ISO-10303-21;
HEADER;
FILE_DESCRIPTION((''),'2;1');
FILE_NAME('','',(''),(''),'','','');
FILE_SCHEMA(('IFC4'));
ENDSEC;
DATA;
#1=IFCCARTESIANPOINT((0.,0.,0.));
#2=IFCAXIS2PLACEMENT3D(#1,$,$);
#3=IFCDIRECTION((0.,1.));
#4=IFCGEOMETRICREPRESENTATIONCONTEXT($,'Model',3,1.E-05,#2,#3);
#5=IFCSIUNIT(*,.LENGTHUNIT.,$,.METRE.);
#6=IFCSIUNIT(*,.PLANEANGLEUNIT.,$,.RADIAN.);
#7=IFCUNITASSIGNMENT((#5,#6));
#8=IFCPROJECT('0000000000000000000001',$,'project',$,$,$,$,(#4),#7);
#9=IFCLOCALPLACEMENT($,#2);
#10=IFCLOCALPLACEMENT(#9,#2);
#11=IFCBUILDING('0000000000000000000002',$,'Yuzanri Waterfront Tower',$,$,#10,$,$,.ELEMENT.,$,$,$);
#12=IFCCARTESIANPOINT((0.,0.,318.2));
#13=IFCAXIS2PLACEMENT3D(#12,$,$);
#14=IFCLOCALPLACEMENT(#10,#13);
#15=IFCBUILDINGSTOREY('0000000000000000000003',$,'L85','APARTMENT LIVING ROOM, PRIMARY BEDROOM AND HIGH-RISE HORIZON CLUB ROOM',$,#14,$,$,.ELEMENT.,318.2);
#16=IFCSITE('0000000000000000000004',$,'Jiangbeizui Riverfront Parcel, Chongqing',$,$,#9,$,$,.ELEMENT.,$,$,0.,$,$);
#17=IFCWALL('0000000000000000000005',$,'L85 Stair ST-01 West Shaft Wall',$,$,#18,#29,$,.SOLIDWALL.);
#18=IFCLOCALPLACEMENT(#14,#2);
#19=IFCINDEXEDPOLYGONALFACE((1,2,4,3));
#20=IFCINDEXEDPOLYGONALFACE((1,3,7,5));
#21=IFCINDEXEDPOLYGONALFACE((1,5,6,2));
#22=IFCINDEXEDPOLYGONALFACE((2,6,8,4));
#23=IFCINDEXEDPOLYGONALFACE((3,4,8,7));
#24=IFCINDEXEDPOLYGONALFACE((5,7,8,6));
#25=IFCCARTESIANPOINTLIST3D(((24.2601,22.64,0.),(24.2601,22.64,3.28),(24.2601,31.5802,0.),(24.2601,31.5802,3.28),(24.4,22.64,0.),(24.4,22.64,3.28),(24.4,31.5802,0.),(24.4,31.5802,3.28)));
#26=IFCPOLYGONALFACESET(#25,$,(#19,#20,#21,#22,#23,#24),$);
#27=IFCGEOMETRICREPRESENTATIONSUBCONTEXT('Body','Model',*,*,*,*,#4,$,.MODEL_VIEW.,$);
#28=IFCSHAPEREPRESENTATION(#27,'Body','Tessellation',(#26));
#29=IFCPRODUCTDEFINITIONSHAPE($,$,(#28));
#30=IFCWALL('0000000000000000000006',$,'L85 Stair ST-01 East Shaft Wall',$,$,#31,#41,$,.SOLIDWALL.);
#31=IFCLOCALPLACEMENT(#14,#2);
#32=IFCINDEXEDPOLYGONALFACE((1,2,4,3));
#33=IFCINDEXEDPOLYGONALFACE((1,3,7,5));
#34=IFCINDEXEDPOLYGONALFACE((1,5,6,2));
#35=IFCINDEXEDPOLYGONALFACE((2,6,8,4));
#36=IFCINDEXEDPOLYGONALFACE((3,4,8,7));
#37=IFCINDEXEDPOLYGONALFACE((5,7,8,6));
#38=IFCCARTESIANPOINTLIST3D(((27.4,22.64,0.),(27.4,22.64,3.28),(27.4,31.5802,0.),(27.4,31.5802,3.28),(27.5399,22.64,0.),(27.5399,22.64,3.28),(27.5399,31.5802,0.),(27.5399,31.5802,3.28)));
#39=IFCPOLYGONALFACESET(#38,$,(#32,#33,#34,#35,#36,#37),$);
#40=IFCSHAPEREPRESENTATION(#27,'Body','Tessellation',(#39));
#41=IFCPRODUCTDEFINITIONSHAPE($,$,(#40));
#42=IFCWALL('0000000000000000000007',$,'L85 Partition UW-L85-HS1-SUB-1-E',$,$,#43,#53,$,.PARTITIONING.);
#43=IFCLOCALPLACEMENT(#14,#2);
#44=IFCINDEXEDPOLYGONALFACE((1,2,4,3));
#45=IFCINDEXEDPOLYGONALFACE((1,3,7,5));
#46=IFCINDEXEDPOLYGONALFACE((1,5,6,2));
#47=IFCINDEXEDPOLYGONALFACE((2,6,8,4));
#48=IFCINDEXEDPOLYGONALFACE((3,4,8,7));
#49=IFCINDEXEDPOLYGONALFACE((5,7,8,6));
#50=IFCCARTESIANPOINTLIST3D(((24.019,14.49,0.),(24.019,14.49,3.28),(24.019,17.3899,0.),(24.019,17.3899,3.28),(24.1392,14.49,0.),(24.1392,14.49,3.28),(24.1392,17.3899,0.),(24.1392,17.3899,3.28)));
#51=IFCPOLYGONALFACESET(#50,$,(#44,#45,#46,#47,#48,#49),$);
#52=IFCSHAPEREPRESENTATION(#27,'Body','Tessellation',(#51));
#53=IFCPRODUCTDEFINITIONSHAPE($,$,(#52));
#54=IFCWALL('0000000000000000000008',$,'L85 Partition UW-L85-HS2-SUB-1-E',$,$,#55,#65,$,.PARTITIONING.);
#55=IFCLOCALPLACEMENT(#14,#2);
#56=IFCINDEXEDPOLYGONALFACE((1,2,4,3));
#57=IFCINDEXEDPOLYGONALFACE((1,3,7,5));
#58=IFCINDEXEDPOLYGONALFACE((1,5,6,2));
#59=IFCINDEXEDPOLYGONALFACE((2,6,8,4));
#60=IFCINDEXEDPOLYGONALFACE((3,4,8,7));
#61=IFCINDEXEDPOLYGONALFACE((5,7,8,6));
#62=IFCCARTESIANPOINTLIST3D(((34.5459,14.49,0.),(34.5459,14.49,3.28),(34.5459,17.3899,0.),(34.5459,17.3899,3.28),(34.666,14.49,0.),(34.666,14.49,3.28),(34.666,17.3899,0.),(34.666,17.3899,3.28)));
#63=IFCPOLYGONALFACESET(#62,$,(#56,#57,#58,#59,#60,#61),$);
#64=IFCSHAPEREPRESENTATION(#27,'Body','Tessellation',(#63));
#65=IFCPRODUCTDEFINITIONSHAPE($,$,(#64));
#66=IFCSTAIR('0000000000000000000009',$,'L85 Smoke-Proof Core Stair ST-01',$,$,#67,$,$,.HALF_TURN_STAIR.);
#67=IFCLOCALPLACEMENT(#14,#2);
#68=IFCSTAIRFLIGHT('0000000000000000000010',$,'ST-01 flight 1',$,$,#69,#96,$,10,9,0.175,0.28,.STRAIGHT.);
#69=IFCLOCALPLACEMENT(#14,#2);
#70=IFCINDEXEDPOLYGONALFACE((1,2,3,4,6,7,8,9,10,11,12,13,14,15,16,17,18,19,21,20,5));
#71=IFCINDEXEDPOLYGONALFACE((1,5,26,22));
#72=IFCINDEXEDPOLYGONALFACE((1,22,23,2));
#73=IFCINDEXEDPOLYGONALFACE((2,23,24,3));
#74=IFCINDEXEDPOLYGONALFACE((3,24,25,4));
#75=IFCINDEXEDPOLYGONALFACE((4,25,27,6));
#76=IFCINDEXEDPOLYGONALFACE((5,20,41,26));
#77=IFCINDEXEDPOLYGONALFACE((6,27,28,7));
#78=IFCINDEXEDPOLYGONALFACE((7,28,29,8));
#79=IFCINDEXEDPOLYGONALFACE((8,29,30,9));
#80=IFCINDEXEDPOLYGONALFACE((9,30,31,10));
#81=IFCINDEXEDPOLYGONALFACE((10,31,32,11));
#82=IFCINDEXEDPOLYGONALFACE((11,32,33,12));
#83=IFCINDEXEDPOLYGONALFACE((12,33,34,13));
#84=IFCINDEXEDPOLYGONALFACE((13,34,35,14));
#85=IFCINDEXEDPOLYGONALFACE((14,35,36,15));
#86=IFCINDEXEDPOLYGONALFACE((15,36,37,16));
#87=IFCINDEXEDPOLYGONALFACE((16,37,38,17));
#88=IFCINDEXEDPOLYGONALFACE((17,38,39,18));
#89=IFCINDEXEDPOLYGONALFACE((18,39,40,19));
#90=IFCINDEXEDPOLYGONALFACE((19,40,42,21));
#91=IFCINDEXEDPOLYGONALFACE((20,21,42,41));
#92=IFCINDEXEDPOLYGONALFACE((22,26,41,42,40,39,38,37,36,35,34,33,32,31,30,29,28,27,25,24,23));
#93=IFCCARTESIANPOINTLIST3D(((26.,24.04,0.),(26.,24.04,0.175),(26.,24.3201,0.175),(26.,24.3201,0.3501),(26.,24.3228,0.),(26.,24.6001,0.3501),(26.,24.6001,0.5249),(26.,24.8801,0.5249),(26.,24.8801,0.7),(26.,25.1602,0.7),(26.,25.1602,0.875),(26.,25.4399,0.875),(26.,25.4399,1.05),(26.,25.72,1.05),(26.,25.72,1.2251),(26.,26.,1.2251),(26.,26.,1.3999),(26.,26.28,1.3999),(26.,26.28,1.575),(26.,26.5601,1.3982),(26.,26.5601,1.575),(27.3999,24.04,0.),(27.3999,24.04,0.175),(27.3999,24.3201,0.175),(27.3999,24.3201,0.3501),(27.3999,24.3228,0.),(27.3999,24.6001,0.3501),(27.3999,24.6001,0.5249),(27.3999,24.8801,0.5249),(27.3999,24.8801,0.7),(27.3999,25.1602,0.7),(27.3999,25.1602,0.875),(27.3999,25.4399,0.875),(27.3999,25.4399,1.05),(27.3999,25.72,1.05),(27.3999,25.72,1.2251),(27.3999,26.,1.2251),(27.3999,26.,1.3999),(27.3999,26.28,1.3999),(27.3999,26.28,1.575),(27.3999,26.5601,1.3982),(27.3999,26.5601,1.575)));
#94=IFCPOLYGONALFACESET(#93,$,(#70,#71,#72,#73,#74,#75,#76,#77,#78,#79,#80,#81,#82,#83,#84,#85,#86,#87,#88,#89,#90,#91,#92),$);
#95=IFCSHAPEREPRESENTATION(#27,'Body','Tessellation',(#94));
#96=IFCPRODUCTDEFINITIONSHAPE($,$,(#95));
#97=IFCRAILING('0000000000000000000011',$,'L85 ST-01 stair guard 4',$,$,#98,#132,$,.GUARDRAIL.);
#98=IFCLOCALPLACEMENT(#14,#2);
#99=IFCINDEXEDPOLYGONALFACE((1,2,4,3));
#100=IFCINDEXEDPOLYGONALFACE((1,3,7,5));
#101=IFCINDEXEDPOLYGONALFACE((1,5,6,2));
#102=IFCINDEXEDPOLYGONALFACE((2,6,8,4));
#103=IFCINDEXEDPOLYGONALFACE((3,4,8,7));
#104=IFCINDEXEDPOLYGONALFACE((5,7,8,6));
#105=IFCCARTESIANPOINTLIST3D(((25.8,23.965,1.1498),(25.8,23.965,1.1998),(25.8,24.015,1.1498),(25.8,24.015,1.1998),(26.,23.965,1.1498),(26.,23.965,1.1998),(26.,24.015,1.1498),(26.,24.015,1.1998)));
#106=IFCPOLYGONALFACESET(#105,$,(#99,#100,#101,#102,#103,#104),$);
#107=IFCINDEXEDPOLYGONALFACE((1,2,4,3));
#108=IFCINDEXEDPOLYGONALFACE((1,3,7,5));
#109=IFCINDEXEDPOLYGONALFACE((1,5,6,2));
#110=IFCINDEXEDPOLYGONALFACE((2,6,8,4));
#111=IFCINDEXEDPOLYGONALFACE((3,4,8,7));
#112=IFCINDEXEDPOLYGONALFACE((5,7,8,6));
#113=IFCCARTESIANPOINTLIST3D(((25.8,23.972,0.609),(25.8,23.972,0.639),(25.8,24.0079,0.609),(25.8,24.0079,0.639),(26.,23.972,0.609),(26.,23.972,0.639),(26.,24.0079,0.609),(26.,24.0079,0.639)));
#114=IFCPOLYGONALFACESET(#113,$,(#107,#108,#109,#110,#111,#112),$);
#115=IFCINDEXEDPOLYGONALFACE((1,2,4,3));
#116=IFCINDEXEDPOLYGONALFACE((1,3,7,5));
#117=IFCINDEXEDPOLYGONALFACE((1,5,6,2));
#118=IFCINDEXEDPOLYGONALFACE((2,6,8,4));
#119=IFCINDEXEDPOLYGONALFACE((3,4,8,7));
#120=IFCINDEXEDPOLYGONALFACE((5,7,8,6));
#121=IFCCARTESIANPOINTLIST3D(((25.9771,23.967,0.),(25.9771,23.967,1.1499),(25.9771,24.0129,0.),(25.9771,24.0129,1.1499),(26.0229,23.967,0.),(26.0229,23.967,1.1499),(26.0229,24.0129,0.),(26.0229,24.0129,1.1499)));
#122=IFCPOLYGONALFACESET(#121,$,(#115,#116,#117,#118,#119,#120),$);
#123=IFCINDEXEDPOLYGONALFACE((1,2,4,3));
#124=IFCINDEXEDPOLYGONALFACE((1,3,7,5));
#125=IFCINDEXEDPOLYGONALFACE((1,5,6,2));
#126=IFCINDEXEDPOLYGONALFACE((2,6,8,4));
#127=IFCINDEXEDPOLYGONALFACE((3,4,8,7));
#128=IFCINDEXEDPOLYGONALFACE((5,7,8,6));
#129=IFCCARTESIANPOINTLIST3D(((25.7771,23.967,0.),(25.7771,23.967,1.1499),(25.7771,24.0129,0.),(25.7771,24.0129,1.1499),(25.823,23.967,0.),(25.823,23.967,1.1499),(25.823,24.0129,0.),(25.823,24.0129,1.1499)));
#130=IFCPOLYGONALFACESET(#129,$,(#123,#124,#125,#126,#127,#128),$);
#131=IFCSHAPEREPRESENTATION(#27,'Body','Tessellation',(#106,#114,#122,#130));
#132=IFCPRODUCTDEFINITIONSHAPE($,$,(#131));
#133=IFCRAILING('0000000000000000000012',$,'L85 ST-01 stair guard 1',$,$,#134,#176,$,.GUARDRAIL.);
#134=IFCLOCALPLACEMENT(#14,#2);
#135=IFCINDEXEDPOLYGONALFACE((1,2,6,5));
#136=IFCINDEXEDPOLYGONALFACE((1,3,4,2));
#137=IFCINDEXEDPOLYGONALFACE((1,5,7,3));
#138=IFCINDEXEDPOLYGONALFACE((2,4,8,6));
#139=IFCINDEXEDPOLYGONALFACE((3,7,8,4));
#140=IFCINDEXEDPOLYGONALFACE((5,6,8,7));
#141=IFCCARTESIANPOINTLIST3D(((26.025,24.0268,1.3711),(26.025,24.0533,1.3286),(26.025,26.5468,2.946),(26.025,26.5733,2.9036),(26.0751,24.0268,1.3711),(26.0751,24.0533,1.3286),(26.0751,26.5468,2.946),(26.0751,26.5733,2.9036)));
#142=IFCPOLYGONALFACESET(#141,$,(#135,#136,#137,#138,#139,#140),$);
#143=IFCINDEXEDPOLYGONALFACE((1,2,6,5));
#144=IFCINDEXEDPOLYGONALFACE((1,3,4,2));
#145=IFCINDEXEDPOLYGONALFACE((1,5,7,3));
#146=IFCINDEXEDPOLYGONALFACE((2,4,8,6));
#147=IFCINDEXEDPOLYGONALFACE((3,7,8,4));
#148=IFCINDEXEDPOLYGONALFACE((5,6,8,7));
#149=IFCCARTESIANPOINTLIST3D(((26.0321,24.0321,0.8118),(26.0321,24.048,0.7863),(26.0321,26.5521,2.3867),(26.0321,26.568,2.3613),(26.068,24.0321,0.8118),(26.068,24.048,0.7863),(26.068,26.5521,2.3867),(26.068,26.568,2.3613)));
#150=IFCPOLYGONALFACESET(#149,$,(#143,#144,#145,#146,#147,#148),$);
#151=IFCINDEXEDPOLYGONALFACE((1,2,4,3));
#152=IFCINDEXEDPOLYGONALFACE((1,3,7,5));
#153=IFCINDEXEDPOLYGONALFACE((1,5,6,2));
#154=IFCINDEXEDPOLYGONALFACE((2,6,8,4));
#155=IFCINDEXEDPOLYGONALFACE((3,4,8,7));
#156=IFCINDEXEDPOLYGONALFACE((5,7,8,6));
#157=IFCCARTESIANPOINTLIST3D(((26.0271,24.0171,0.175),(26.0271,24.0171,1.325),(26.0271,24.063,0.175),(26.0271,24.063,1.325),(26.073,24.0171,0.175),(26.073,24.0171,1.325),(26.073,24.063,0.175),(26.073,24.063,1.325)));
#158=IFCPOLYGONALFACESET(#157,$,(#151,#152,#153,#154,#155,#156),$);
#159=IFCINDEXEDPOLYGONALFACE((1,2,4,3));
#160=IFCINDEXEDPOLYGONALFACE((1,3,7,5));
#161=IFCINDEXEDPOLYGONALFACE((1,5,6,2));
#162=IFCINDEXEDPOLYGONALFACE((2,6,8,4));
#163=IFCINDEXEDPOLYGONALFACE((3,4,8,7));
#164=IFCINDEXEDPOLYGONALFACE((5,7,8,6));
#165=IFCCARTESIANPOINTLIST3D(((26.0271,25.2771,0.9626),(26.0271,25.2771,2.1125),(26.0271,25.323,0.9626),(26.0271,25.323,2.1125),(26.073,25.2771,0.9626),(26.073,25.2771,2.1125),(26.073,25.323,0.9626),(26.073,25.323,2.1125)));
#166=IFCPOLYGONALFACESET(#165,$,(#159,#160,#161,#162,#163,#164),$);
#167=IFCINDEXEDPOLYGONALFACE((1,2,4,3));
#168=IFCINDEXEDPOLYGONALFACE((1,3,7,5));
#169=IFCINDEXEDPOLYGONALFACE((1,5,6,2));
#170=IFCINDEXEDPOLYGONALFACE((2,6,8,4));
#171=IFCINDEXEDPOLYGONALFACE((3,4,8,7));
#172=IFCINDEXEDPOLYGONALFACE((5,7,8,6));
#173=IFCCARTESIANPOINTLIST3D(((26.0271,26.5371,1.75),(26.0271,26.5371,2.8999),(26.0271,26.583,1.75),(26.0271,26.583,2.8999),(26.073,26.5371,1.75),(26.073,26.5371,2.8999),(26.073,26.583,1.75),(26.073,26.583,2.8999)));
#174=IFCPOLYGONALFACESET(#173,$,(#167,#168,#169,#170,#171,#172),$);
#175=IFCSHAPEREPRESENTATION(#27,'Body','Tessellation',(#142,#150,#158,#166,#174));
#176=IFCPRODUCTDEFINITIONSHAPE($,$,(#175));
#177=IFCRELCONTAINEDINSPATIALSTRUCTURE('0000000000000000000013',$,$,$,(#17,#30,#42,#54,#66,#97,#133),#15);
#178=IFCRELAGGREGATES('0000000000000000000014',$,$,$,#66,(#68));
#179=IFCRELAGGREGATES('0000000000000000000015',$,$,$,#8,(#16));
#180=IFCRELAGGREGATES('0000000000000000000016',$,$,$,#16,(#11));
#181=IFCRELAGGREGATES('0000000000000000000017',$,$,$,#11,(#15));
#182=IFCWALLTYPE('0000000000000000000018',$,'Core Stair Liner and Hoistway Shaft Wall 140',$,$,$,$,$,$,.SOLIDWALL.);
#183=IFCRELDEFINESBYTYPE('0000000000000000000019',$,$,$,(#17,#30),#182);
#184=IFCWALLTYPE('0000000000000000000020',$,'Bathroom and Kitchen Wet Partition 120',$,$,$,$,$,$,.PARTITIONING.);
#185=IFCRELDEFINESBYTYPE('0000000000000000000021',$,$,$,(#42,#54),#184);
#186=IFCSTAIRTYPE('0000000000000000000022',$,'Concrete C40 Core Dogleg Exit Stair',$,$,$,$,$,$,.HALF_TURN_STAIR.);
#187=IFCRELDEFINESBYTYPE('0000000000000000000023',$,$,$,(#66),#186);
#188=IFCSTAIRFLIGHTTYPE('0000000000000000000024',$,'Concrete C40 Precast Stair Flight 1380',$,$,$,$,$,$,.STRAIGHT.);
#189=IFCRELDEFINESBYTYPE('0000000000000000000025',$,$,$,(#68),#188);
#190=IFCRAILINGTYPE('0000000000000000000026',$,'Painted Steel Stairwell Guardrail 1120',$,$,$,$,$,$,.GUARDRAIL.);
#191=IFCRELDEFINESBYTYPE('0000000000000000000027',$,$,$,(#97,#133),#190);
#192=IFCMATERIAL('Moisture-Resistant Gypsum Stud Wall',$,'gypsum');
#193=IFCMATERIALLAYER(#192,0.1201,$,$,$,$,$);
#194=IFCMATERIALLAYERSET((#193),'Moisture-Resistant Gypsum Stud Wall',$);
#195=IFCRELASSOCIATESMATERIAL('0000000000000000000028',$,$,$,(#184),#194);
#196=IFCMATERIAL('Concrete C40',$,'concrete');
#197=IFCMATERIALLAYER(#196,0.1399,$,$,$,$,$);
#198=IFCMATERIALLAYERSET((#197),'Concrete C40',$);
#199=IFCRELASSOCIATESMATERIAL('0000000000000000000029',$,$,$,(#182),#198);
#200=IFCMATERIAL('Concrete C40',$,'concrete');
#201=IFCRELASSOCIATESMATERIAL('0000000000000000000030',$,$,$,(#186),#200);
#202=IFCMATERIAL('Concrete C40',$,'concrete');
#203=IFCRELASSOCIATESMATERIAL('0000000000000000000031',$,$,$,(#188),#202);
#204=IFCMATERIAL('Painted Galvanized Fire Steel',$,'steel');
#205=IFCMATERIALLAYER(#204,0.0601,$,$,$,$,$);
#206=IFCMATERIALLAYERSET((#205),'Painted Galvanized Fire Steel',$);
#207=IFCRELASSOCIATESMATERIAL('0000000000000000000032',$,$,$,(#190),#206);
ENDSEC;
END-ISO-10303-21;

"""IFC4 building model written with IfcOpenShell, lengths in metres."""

from ifc_helpers import new_model, si_unit, direction, frame, frame_2d, origin, origin_2d, place, context, subcontext, project, spatial, polyline, rectangle, outline, extrude, source, transform, mapped, material, layer, layer_set, type_object, element, aggregate, save


model = new_model("IFC4")

# Units and contexts
model_context = context("Model", 3, precision=1e-05, world=origin(), true_north=direction((0.0, 1.0)))
body_context = subcontext(model_context, "Body", "Model", "MODEL_VIEW")
ifc_project = project(units=[si_unit("LENGTHUNIT", "METRE"), si_unit("PLANEANGLEUNIT", "RADIAN")], contexts=[model_context])

# Site, building, storey
site_placement = place(None, origin())
site = spatial("IfcSite", under=ifc_project, at=site_placement, Name="Jiangbeizui Riverfront Parcel, Chongqing", CompositionType="ELEMENT", RefElevation=0.0)
building_placement = place(site_placement, origin())
building = spatial("IfcBuilding", under=site, at=building_placement, Name="Yuzanri Waterfront Tower", CompositionType="ELEMENT")
storey_placement = place(building_placement, frame((0.0, 0.0, 318.2)))
storey = spatial("IfcBuildingStorey", under=building, at=storey_placement, Name="L85", Description="APARTMENT LIVING ROOM, PRIMARY BEDROOM AND HIGH-RISE HORIZON CLUB ROOM", CompositionType="ELEMENT", Elevation=318.2)

# Shared definitions
ifc_material_1 = material(Name="Moisture-Resistant Gypsum Stud Wall", Category="gypsum")
ifc_layer_1 = layer(ifc_material_1, 0.1201)
ifc_layer_set_1 = layer_set([ifc_layer_1], Name="Moisture-Resistant Gypsum Stud Wall")
wall_type_1 = type_object("IfcWallType", Name="Bathroom and Kitchen Wet Partition 120", PredefinedType="PARTITIONING", material=ifc_layer_set_1)
ifc_material_2 = material(Name="Concrete C40", Category="concrete")
ifc_layer_2 = layer(ifc_material_2, 0.1399)
ifc_layer_set_2 = layer_set([ifc_layer_2], Name="Concrete C40")
wall_type_2 = type_object("IfcWallType", Name="Core Stair Liner and Hoistway Shaft Wall 140", PredefinedType="SOLIDWALL", material=ifc_layer_set_2)

# Walls
shared_shape_1 = source(origin(), body_context, "Body", "SweptSolid", [
    extrude(rectangle(XDim=8.9402, YDim=0.1399, at=frame_2d((4.4702, 0.0))), origin(), (0.0, 0.0, 1.0), 3.28),
])
for number, where, z_axis, x_axis, name in (
    (1, (24.3301, 22.6399, 0.0), (0.0, 0.0, 1.0), (0.0, 1.0, 0.0), "L85 Stair ST-01 West Shaft Wall"),
    (2, (27.47, 22.6399, 0.0), (0.0, 0.0, 1.0), (0.0, 1.0, 0.0), "L85 Stair ST-01 East Shaft Wall"),
):
    element("IfcWall", number, at=place(storey_placement, frame(where, z_axis=z_axis, x_axis=x_axis)), inside=storey, type_object=wall_type_2, Name=name, PredefinedType="SOLIDWALL", context=body_context, shape_type="MappedRepresentation", body=[
        mapped(shared_shape_1, transform((0.0, 0.0, 0.0), scale=1.0)),
    ])
shared_shape_2 = source(origin(), body_context, "Body", "SweptSolid", [
    extrude(rectangle(XDim=2.8999, YDim=0.1201, at=frame_2d((1.45, 0.0))), origin(), (0.0, 0.0, 1.0), 3.28),
])
for number, where, z_axis, x_axis, name in (
    (3, (24.0791, 14.49, 0.0), (0.0, 0.0, 1.0), (0.0, 1.0, 0.0), "L85 Partition UW-L85-HS1-SUB-1-E"),
    (4, (34.606, 14.49, 0.0), (0.0, 0.0, 1.0), (0.0, 1.0, 0.0), "L85 Partition UW-L85-HS2-SUB-1-E"),
):
    element("IfcWall", number, at=place(storey_placement, frame(where, z_axis=z_axis, x_axis=x_axis)), inside=storey, type_object=wall_type_1, Name=name, PredefinedType="PARTITIONING", context=body_context, shape_type="MappedRepresentation", body=[
        mapped(shared_shape_2, transform((0.0, 0.0, 0.0), scale=1.0)),
    ])

# Stair, stair flight
ifc_material_3 = material(Name="Concrete C40", Category="concrete")
stair_type = type_object("IfcStairType", Name="Concrete C40 Core Dogleg Exit Stair", PredefinedType="HALF_TURN_STAIR", material=ifc_material_3)
stair_placement = place(storey_placement, origin())
stair = element("IfcStair", 5, at=stair_placement, inside=storey, type_object=stair_type, Name="L85 Smoke-Proof Core Stair ST-01", PredefinedType="HALF_TURN_STAIR")
ifc_material_4 = material(Name="Concrete C40", Category="concrete")
stair_flight_type = type_object("IfcStairFlightType", Name="Concrete C40 Precast Stair Flight 1380", PredefinedType="STRAIGHT", material=ifc_material_4)
shared_shape_3 = source(origin(), body_context, "Body", "SweptSolid", [
    extrude(outline(polyline([(0.0, 0.0), (0.0, 0.175), (0.28, 0.175), (0.28, 0.3501), (0.5601, 0.3501), (0.5601, 0.5249), (0.8401, 0.5249), (0.8401, 0.7), (1.1201, 0.7), (1.1201, 0.875), (1.3999, 0.875), (1.3999, 1.05), (1.6799, 1.05), (1.6799, 1.2251), (1.96, 1.2251), (1.96, 1.3999), (2.24, 1.3999), (2.24, 1.575), (2.52, 1.575), (2.52, 1.75), (2.52, 1.3982), (0.2827, 0.0), (0.0, 0.0)])), frame((0.0, 0.7, 0.0), z_axis=(0.0, -1.0, 0.0), x_axis=(1.0, 0.0, 0.0)), (0.0, 0.0, 1.0), 1.3999),
])
stair_flight_placement = place(storey_placement, frame((26.7, 24.04, 0.0), z_axis=(0.0, 0.0, 1.0), x_axis=(0.0, 1.0, 0.0)))
stair_flight = element("IfcStairFlight", 6, at=stair_flight_placement, type_object=stair_flight_type, Name="ST-01 flight 1", NumberOfRisers=10, NumberOfTreads=9, PredefinedType="STRAIGHT", RiserHeight=0.175, TreadLength=0.28, context=body_context, shape_type="MappedRepresentation", body=[
    mapped(shared_shape_3, transform((0.0, 0.0, 0.0), scale=1.0)),
])
aggregate(stair, [stair_flight])

# Railings
ifc_material_5 = material(Name="Painted Galvanized Fire Steel", Category="steel")
ifc_layer_3 = layer(ifc_material_5, 0.0601)
ifc_layer_set_3 = layer_set([ifc_layer_3], Name="Painted Galvanized Fire Steel")
railing_type_1 = type_object("IfcRailingType", Name="Painted Steel Stairwell Guardrail 1120", PredefinedType="GUARDRAIL", material=ifc_layer_set_3)
shared_shape_4 = source(origin(), body_context, "Body", "SweptSolid", [
    extrude(rectangle(XDim=0.05, YDim=0.05, at=origin_2d()), frame((0.0, 0.0, 1.1748), z_axis=(-1.0, 0.0, 0.0), x_axis=(0.0, -1.0, 0.0)), (0.0, 0.0, 1.0), 0.2),
    extrude(rectangle(XDim=0.0359, YDim=0.03, at=origin_2d()), frame((0.0, 0.0, 0.624), z_axis=(-1.0, 0.0, 0.0), x_axis=(0.0, -1.0, 0.0)), (0.0, 0.0, 1.0), 0.2),
    extrude(rectangle(XDim=0.0459, YDim=0.0459, at=origin_2d()), origin(), (0.0, 0.0, 1.0), 1.1499),
    extrude(rectangle(XDim=0.0459, YDim=0.0459, at=origin_2d()), frame((-0.2, 0.0, 0.0)), (0.0, 0.0, 1.0), 1.1499),
])
railing_1_placement = place(storey_placement, frame((26.0, 23.99, 0.0)))
element("IfcRailing", 7, at=railing_1_placement, inside=storey, type_object=railing_type_1, Name="L85 ST-01 stair guard 4", PredefinedType="GUARDRAIL", context=body_context, shape_type="MappedRepresentation", body=[
    mapped(shared_shape_4, transform((0.0, 0.0, 0.0), scale=1.0)),
])
shared_shape_5 = source(origin(), body_context, "Body", "SweptSolid", [
    extrude(rectangle(XDim=0.05, YDim=0.05, at=origin_2d()), frame((0.0, 0.0, 1.1748), z_axis=(0.0, 0.848008, 0.529984), x_axis=(-1.0, 0.0, 0.0)), (0.0, 0.0, 1.0), 2.9717),
    extrude(rectangle(XDim=0.0359, YDim=0.03, at=origin_2d()), frame((0.0, 0.0, 0.624), z_axis=(0.0, 0.848008, 0.529984), x_axis=(-1.0, 0.0, 0.0)), (0.0, 0.0, 1.0), 2.9717),
    extrude(rectangle(XDim=0.0459, YDim=0.0459, at=origin_2d()), origin(), (0.0, 0.0, 1.0), 1.1499),
    extrude(rectangle(XDim=0.0459, YDim=0.0459, at=origin_2d()), frame((0.0, 1.26, 0.7876)), (0.0, 0.0, 1.0), 1.1499),
    extrude(rectangle(XDim=0.0459, YDim=0.0459, at=origin_2d()), frame((0.0, 2.52, 1.575)), (0.0, 0.0, 1.0), 1.1499),
])
railing_2_placement = place(storey_placement, frame((26.05, 24.04, 0.175)))
element("IfcRailing", 8, at=railing_2_placement, inside=storey, type_object=railing_type_1, Name="L85 ST-01 stair guard 1", PredefinedType="GUARDRAIL", context=body_context, shape_type="MappedRepresentation", body=[
    mapped(shared_shape_5, transform((0.0, 0.0, 0.0), scale=1.0)),
])

save(model, "model.ifc")
